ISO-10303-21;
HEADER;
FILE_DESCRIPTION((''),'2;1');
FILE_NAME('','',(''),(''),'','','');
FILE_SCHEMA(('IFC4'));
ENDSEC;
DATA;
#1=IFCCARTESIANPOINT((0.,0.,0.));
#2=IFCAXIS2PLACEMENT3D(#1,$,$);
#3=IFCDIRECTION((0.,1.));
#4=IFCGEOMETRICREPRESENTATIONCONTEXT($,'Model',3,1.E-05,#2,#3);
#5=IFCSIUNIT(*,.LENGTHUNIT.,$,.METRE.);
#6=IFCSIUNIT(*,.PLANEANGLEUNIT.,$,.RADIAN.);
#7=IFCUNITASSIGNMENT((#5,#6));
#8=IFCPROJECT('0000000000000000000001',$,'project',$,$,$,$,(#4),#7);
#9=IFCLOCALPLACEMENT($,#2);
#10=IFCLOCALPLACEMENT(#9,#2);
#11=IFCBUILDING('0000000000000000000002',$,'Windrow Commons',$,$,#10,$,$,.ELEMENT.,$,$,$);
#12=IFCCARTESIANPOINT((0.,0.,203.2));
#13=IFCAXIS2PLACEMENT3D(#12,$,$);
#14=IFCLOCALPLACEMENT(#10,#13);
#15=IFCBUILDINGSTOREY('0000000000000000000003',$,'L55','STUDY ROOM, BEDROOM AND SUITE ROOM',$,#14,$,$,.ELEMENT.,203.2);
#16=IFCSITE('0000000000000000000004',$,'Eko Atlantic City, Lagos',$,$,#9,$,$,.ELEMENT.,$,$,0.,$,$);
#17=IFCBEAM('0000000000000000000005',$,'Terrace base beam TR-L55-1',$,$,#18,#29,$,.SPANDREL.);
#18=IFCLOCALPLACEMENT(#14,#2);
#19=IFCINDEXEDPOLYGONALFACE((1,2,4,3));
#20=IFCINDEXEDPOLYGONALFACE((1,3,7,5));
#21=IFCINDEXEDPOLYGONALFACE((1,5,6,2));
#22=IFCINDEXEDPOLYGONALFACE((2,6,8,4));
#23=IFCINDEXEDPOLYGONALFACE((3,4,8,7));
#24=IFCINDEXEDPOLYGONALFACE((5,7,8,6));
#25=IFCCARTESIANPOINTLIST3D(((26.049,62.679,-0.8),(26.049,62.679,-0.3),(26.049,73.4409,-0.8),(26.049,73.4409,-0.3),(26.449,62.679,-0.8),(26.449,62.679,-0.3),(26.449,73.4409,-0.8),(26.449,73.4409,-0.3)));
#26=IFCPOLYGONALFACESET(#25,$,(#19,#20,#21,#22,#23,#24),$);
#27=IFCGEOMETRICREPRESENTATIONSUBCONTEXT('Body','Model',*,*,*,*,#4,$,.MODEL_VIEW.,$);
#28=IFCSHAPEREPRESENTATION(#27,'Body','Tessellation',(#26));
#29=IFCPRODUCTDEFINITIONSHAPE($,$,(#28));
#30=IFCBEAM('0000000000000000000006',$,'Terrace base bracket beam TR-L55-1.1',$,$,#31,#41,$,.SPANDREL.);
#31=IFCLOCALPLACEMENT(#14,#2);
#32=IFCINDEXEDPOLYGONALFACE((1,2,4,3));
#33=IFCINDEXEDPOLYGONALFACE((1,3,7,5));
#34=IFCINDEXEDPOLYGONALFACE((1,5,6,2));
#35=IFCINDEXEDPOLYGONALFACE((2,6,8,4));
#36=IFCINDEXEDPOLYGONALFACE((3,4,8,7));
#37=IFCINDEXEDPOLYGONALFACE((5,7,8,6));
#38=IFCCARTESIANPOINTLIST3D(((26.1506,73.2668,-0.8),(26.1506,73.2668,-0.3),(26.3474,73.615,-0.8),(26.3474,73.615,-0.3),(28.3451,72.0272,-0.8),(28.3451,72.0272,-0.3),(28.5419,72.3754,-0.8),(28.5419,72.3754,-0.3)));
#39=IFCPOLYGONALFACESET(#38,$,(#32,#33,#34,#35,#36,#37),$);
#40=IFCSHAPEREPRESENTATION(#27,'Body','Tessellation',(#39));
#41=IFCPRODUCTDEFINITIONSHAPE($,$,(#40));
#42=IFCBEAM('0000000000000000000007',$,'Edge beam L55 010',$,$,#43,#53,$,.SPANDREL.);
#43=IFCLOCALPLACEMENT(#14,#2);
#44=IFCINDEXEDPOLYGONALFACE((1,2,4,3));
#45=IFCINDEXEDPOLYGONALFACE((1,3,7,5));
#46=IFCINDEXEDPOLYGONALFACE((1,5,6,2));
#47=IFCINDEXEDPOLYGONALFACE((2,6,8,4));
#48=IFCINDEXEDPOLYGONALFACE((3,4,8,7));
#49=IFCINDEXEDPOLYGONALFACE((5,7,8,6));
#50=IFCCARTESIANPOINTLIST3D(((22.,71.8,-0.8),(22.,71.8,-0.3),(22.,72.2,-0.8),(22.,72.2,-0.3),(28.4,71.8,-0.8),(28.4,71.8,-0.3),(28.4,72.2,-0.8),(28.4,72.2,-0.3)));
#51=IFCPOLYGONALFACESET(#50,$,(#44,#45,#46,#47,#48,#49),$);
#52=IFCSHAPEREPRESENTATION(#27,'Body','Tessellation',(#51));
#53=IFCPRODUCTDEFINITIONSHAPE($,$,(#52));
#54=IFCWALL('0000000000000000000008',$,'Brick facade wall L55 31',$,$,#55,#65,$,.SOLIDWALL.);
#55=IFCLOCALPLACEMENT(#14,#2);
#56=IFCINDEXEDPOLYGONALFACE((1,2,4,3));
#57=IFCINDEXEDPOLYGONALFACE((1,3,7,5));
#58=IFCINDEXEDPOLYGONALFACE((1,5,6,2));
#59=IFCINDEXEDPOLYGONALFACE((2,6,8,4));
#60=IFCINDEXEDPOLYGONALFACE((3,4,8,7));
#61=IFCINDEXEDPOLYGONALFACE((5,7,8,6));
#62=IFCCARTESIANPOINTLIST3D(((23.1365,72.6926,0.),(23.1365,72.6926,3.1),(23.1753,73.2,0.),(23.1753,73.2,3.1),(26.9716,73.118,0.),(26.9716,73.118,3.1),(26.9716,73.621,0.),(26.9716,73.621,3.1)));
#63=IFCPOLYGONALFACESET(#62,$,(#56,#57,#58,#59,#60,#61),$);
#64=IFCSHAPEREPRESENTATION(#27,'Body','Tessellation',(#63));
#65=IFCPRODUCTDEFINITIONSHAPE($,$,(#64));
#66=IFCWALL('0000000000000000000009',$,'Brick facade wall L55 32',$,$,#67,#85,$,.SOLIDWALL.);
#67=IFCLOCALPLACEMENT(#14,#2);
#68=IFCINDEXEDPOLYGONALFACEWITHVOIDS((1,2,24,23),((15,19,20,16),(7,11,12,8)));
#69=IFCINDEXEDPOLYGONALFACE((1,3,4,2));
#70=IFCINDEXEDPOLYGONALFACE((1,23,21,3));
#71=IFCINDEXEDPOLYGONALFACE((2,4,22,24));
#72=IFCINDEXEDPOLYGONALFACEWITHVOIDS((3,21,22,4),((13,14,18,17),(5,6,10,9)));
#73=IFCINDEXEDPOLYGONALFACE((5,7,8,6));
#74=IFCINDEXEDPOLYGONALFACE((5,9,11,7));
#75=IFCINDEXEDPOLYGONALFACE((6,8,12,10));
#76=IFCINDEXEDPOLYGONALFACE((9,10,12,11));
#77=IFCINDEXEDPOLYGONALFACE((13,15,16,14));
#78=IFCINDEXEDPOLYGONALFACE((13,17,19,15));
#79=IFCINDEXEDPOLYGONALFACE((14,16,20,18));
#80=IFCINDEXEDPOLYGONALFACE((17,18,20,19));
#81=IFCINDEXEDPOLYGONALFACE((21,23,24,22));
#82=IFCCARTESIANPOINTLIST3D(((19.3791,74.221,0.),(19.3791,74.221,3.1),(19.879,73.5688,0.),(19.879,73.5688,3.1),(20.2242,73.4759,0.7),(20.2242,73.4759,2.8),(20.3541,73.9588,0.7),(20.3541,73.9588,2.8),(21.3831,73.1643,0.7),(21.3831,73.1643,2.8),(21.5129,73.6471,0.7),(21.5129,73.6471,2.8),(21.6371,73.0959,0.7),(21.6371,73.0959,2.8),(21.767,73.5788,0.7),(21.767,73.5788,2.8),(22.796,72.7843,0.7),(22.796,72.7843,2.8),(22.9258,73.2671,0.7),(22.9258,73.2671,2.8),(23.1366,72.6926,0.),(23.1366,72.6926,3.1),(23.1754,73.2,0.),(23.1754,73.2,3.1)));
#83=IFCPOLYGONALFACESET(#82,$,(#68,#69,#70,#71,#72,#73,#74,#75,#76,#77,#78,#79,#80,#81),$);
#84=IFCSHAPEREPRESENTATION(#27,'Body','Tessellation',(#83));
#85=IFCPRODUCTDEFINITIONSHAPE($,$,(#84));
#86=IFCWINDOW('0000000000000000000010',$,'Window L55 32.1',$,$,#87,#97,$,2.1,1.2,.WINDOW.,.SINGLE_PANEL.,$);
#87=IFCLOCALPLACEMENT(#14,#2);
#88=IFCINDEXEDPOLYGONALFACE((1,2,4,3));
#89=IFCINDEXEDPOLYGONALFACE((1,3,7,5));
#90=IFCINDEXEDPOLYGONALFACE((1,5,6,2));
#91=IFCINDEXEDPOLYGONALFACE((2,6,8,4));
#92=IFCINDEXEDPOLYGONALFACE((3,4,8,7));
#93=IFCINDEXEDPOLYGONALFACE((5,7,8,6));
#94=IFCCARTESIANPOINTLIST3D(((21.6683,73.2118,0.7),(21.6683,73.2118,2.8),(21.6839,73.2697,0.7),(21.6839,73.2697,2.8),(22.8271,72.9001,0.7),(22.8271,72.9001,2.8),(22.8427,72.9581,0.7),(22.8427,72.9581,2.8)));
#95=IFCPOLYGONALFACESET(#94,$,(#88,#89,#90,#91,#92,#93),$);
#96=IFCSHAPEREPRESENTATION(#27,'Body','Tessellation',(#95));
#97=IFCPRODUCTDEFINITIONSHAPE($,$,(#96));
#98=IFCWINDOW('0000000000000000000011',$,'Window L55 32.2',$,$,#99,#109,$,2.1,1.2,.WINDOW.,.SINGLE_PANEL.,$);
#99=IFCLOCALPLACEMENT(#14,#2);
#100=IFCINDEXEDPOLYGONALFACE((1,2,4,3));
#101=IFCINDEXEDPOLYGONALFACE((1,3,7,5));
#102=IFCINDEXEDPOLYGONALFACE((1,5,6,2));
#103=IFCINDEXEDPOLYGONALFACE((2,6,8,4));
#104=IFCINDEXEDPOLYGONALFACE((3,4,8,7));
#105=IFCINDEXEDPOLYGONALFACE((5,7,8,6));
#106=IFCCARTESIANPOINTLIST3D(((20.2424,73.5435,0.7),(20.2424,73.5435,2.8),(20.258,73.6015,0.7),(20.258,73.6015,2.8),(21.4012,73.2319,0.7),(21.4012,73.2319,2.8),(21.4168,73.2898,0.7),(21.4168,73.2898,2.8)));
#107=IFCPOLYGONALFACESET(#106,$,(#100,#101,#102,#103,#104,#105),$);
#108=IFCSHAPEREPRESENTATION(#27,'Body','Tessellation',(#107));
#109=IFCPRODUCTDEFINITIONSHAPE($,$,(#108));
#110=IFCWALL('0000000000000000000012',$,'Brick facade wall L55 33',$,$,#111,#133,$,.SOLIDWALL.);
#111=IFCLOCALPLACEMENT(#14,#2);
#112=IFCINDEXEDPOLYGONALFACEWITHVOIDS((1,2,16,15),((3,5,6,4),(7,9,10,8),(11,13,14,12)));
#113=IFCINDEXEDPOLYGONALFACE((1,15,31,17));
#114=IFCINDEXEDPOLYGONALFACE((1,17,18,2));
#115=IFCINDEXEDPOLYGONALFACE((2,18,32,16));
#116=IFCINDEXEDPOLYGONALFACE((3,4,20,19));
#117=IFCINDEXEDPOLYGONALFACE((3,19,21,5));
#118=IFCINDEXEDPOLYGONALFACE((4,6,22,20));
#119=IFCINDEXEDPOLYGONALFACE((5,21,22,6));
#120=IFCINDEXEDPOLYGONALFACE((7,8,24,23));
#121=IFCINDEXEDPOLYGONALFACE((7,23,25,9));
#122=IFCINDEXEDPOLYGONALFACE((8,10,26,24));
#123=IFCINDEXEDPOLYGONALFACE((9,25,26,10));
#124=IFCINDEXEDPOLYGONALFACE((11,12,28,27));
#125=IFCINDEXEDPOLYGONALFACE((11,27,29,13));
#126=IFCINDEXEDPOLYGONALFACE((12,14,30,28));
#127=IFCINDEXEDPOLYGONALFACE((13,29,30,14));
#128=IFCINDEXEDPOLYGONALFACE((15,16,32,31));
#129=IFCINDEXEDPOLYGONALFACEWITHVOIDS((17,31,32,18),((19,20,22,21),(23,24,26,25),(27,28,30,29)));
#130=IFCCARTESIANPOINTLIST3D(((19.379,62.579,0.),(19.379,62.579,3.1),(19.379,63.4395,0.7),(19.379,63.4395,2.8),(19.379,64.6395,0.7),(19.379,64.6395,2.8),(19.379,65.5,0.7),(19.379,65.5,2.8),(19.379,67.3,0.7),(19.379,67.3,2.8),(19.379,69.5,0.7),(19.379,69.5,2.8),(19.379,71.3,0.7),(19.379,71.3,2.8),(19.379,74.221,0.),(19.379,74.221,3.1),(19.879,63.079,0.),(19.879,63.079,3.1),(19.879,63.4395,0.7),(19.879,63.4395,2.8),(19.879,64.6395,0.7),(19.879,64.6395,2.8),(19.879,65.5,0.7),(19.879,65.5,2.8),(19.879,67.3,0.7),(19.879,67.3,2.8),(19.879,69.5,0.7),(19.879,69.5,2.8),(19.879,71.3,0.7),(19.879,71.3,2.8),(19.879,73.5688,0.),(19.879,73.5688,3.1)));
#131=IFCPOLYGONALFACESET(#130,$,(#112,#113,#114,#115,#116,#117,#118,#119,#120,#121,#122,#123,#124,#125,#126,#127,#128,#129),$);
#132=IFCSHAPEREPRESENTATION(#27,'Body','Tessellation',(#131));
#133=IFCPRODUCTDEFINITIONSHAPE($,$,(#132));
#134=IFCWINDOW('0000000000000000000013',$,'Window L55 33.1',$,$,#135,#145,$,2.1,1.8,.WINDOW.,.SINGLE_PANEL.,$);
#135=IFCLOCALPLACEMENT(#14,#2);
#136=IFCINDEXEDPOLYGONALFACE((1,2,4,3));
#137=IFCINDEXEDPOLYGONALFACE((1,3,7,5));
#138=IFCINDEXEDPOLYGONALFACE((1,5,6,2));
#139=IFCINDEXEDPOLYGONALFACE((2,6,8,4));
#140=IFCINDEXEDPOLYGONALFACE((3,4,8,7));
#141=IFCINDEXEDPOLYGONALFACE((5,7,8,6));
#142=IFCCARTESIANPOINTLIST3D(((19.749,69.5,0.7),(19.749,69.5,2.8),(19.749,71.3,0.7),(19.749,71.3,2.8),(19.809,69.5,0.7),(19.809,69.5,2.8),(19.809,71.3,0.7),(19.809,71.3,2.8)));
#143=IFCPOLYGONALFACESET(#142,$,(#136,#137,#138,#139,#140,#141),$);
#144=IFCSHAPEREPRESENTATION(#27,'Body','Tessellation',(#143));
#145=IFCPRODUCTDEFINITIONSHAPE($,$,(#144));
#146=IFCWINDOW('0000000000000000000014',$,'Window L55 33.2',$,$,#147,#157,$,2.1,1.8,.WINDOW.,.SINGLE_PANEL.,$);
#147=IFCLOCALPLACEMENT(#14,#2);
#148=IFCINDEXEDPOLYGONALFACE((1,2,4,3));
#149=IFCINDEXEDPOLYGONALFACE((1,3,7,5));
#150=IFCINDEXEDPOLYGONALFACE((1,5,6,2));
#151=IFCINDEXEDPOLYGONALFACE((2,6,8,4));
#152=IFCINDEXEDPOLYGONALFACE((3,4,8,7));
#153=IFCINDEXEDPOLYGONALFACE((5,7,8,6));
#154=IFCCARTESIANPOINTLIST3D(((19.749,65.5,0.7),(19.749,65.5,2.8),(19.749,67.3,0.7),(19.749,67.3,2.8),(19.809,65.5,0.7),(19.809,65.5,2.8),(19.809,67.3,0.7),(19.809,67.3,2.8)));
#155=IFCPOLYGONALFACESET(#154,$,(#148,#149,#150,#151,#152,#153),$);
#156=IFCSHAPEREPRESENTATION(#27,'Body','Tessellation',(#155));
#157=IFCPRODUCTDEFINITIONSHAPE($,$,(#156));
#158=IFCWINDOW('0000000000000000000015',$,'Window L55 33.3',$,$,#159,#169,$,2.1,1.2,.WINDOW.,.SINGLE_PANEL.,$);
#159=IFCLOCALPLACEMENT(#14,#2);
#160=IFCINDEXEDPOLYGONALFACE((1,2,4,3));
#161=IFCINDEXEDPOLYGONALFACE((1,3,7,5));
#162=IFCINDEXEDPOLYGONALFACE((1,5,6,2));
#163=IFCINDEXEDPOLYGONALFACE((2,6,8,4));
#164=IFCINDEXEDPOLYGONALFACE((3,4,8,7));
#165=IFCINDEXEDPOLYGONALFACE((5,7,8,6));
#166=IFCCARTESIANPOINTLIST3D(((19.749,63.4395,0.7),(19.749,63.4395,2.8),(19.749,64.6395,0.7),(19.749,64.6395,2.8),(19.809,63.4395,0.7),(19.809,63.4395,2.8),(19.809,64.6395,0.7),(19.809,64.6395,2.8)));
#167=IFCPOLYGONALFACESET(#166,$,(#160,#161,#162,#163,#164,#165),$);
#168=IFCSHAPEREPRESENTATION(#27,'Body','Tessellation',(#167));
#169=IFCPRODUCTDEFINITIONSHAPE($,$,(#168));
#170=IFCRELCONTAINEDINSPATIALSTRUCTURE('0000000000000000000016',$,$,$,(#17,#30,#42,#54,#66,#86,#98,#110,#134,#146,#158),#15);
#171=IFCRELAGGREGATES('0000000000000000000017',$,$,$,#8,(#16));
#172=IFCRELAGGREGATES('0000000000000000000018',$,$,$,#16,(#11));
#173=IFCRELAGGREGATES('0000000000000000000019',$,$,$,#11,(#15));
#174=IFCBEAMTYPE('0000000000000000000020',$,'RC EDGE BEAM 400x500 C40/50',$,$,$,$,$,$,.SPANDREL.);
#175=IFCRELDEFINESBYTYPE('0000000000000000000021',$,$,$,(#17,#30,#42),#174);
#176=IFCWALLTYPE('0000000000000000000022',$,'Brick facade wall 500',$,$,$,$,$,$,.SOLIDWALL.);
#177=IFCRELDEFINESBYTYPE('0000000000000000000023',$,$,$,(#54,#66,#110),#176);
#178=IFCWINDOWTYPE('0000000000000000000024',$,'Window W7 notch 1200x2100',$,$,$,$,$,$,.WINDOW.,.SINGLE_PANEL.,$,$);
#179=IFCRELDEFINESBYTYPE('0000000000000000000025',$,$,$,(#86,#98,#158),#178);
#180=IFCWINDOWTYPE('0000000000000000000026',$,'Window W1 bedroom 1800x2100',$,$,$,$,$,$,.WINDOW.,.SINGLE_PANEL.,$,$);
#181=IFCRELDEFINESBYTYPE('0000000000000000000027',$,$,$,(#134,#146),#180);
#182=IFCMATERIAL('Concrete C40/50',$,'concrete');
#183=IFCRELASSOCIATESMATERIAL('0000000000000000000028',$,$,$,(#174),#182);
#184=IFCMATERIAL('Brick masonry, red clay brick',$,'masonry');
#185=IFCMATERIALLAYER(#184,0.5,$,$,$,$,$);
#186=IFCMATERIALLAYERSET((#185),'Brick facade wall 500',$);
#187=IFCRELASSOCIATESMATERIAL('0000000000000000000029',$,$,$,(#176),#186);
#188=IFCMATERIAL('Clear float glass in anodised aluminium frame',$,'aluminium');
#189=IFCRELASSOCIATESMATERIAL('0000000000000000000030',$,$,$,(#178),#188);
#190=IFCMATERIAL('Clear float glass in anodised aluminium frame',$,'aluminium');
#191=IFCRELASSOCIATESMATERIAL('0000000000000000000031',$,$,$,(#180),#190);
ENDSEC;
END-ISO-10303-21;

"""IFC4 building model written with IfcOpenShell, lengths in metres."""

from ifc_helpers import new_model, si_unit, direction, frame, frame_2d, origin, origin_2d, place, context, subcontext, project, spatial, polyline, rectangle, outline, extrude, material, layer, layer_set, material_profile, profile_set, type_object, element, fill, save


model = new_model("IFC4")

# Units and contexts
model_context = context("Model", 3, precision=1e-05, world=origin(), true_north=direction((0.0, 1.0)))
body_context = subcontext(model_context, "Body", "Model", "MODEL_VIEW")
ifc_project = project(units=[si_unit("LENGTHUNIT", "METRE"), si_unit("PLANEANGLEUNIT", "RADIAN")], contexts=[model_context])

# Site, building, storey
site_placement = place(None, origin())
site = spatial("IfcSite", under=ifc_project, at=site_placement, Name="Eko Atlantic City, Lagos", CompositionType="ELEMENT", RefElevation=0.0)
building_placement = place(site_placement, origin())
building = spatial("IfcBuilding", under=site, at=building_placement, Name="Windrow Commons", CompositionType="ELEMENT")
storey_placement = place(building_placement, frame((0.0, 0.0, 203.2)))
storey = spatial("IfcBuildingStorey", under=building, at=storey_placement, Name="L55", Description="STUDY ROOM, BEDROOM AND SUITE ROOM", CompositionType="ELEMENT", Elevation=203.2)

# Beams
ifc_material_1 = material(Name="Concrete C40/50", Category="concrete")
ifc_material_profile = material_profile(ifc_material_1, rectangle(XDim=0.4, YDim=0.5, at=origin_2d()))
ifc_profile_set = profile_set([ifc_material_profile], Name="Concrete C40/50")
beam_type = type_object("IfcBeamType", Name="RC EDGE BEAM 400x500 C40/50", PredefinedType="SPANDREL", material=ifc_profile_set)
beam_1_placement = place(storey_placement, frame((26.249, 73.4409, -0.55), z_axis=(0.0, -1.0, 0.0), x_axis=(1.0, 0.0, 0.0)))
element("IfcBeam", 1, at=beam_1_placement, inside=storey, type_object=beam_type, Name="Terrace base beam TR-L55-1", PredefinedType="SPANDREL", context=body_context, shape_type="SweptSolid", body=[
    extrude(rectangle(XDim=0.4, YDim=0.5, at=origin_2d()), origin(), (0.0, 0.0, 1.0), 10.7619),
])
beam_2_placement = place(storey_placement, frame((28.4435, 72.2013, -0.55), z_axis=(-0.870694, 0.491826, 0.0), x_axis=(-0.491826, -0.870694, 0.0)))
element("IfcBeam", 2, at=beam_2_placement, inside=storey, type_object=beam_type, Name="Terrace base bracket beam TR-L55-1.1", PredefinedType="SPANDREL", context=body_context, shape_type="SweptSolid", body=[
    extrude(rectangle(XDim=0.4, YDim=0.5, at=origin_2d()), origin(), (0.0, 0.0, 1.0), 2.5204),
])
beam_3_placement = place(storey_placement, frame((22.0, 72.0, -0.55), z_axis=(1.0, 0.0, 0.0), x_axis=(0.0, 1.0, 0.0)))
element("IfcBeam", 3, at=beam_3_placement, inside=storey, type_object=beam_type, Name="Edge beam L55 010", PredefinedType="SPANDREL", context=body_context, shape_type="SweptSolid", body=[
    extrude(rectangle(XDim=0.4, YDim=0.5, at=origin_2d()), origin(), (0.0, 0.0, 1.0), 6.4),
])

# Wall
ifc_material_2 = material(Name="Brick masonry, red clay brick", Category="masonry")
ifc_layer_1 = layer(ifc_material_2, 0.5)
ifc_layer_set_1 = layer_set([ifc_layer_1], Name="Brick facade wall 500")
wall_type_1 = type_object("IfcWallType", Name="Brick facade wall 500", PredefinedType="SOLIDWALL", material=ifc_layer_set_1)
wall_1_placement = place(storey_placement, frame((26.9716, 73.3695, 0.0), z_axis=(0.0, 0.0, 1.0), x_axis=(-0.993905, -0.110237, 0.0)))
element("IfcWall", 4, at=wall_1_placement, inside=storey, type_object=wall_type_1, Name="Brick facade wall L55 31", PredefinedType="SOLIDWALL", context=body_context, shape_type="SweptSolid", body=[
    extrude(outline(polyline([(-0.0277, -0.25), (3.7919, -0.25), (3.8863, 0.25), (0.0277, 0.25), (-0.0277, -0.25)])), origin(), (0.0, 0.0, 1.0), 3.1),
])

# Walls, openings, windows
wall_2_placement = place(storey_placement, frame((23.156, 72.9463, 0.0), z_axis=(0.0, 0.0, 1.0), x_axis=(-0.965683, 0.259724, 0.0)))
wall_2 = element("IfcWall", 5, at=wall_2_placement, inside=storey, type_object=wall_type_1, Name="Brick facade wall L55 32", PredefinedType="SOLIDWALL", context=body_context, shape_type="SweptSolid", body=[
    extrude(outline(polyline([(0.0472, -0.25), (3.9784, -0.25), (3.3262, 0.25), (-0.0472, 0.25), (0.0472, -0.25)])), origin(), (0.0, 0.0, 1.0), 3.1),
])
opening_1_placement = place(wall_2_placement, frame((0.3056, 0.0, 0.7)))
opening_1 = element("IfcOpeningElement", 6, at=opening_1_placement, cuts=wall_2, PredefinedType="OPENING", context=body_context, shape_type="SweptSolid", body=[
    extrude(rectangle(XDim=1.2, YDim=2.1, at=frame_2d((0.6, 1.05))), frame((0.0, 0.26, 0.0), z_axis=(0.0, -1.0, 0.0), x_axis=(1.0, 0.0, 0.0)), (0.0, 0.0, 1.0), 0.52),
])
opening_2_placement = place(wall_2_placement, frame((1.7687, 0.0, 0.7)))
opening_2 = element("IfcOpeningElement", 7, at=opening_2_placement, cuts=wall_2, PredefinedType="OPENING", context=body_context, shape_type="SweptSolid", body=[
    extrude(rectangle(XDim=1.2, YDim=2.1, at=frame_2d((0.6, 1.05))), frame((0.0, 0.26, 0.0), z_axis=(0.0, -1.0, 0.0), x_axis=(1.0, 0.0, 0.0)), (0.0, 0.0, 1.0), 0.52),
])
ifc_material_3 = material(Name="Clear float glass in anodised aluminium frame", Category="aluminium")
window_type_1 = type_object("IfcWindowType", Name="Window W7 notch 1200x2100", PartitioningType="SINGLE_PANEL", PredefinedType="WINDOW", material=ifc_material_3)
window_1_placement = place(opening_1_placement, origin())
window_1 = element("IfcWindow", 8, at=window_1_placement, inside=storey, type_object=window_type_1, Name="Window L55 32.1", OverallHeight=2.1, OverallWidth=1.2, PartitioningType="SINGLE_PANEL", PredefinedType="WINDOW", context=body_context, shape_type="SweptSolid", body=[
    extrude(rectangle(XDim=1.2, YDim=2.1, at=frame_2d((0.6, 1.05))), frame((0.0, 0.13, 0.0), z_axis=(0.0, -1.0, 0.0), x_axis=(1.0, 0.0, 0.0)), (0.0, 0.0, 1.0), 0.06),
])
fill(opening_1, window_1)
window_2_placement = place(opening_2_placement, origin())
window_2 = element("IfcWindow", 9, at=window_2_placement, inside=storey, type_object=window_type_1, Name="Window L55 32.2", OverallHeight=2.1, OverallWidth=1.2, PartitioningType="SINGLE_PANEL", PredefinedType="WINDOW", context=body_context, shape_type="SweptSolid", body=[
    extrude(rectangle(XDim=1.2, YDim=2.1, at=frame_2d((0.6, 1.05))), frame((0.0, 0.18, 0.0), z_axis=(0.0, -1.0, 0.0), x_axis=(1.0, 0.0, 0.0)), (0.0, 0.0, 1.0), 0.06),
])
fill(opening_2, window_2)
wall_3_placement = place(storey_placement, frame((19.629, 73.8949, 0.0), z_axis=(0.0, 0.0, 1.0), x_axis=(0.0, -1.0, 0.0)))
wall_3 = element("IfcWall", 10, at=wall_3_placement, inside=storey, type_object=wall_type_1, Name="Brick facade wall L55 33", PredefinedType="SOLIDWALL", context=body_context, shape_type="SweptSolid", body=[
    extrude(outline(polyline([(-0.3261, -0.25), (11.3159, -0.25), (10.8159, 0.25), (0.3261, 0.25), (-0.3261, -0.25)])), origin(), (0.0, 0.0, 1.0), 3.1),
])
opening_3_placement = place(wall_3_placement, frame((2.5949, 0.0, 0.7)))
opening_3 = element("IfcOpeningElement", 11, at=opening_3_placement, cuts=wall_3, PredefinedType="OPENING", context=body_context, shape_type="SweptSolid", body=[
    extrude(rectangle(XDim=1.8, YDim=2.1, at=frame_2d((0.9, 1.05))), frame((0.0, 0.26, 0.0), z_axis=(0.0, -1.0, 0.0), x_axis=(1.0, 0.0, 0.0)), (0.0, 0.0, 1.0), 0.52),
])
opening_4_placement = place(wall_3_placement, frame((6.5949, 0.0, 0.7)))
opening_4 = element("IfcOpeningElement", 12, at=opening_4_placement, cuts=wall_3, PredefinedType="OPENING", context=body_context, shape_type="SweptSolid", body=[
    extrude(rectangle(XDim=1.8, YDim=2.1, at=frame_2d((0.9, 1.05))), frame((0.0, 0.26, 0.0), z_axis=(0.0, -1.0, 0.0), x_axis=(1.0, 0.0, 0.0)), (0.0, 0.0, 1.0), 0.52),
])
opening_5_placement = place(wall_3_placement, frame((9.2554, 0.0, 0.7)))
opening_5 = element("IfcOpeningElement", 13, at=opening_5_placement, cuts=wall_3, PredefinedType="OPENING", context=body_context, shape_type="SweptSolid", body=[
    extrude(rectangle(XDim=1.2, YDim=2.1, at=frame_2d((0.6, 1.05))), frame((0.0, 0.26, 0.0), z_axis=(0.0, -1.0, 0.0), x_axis=(1.0, 0.0, 0.0)), (0.0, 0.0, 1.0), 0.52),
])
ifc_material_4 = material(Name="Clear float glass in anodised aluminium frame", Category="aluminium")
window_type_2 = type_object("IfcWindowType", Name="Window W1 bedroom 1800x2100", PartitioningType="SINGLE_PANEL", PredefinedType="WINDOW", material=ifc_material_4)
window_3_placement = place(opening_3_placement, origin())
window_3 = element("IfcWindow", 14, at=window_3_placement, inside=storey, type_object=window_type_2, Name="Window L55 33.1", OverallHeight=2.1, OverallWidth=1.8, PartitioningType="SINGLE_PANEL", PredefinedType="WINDOW", context=body_context, shape_type="SweptSolid", body=[
    extrude(rectangle(XDim=1.8, YDim=2.1, at=frame_2d((0.9, 1.05))), frame((0.0, 0.18, 0.0), z_axis=(0.0, -1.0, 0.0), x_axis=(1.0, 0.0, 0.0)), (0.0, 0.0, 1.0), 0.06),
])
fill(opening_3, window_3)
window_4_placement = place(opening_4_placement, origin())
window_4 = element("IfcWindow", 15, at=window_4_placement, inside=storey, type_object=window_type_2, Name="Window L55 33.2", OverallHeight=2.1, OverallWidth=1.8, PartitioningType="SINGLE_PANEL", PredefinedType="WINDOW", context=body_context, shape_type="SweptSolid", body=[
    extrude(rectangle(XDim=1.8, YDim=2.1, at=frame_2d((0.9, 1.05))), frame((0.0, 0.18, 0.0), z_axis=(0.0, -1.0, 0.0), x_axis=(1.0, 0.0, 0.0)), (0.0, 0.0, 1.0), 0.06),
])
fill(opening_4, window_4)
window_5_placement = place(opening_5_placement, origin())
window_5 = element("IfcWindow", 16, at=window_5_placement, inside=storey, type_object=window_type_1, Name="Window L55 33.3", OverallHeight=2.1, OverallWidth=1.2, PartitioningType="SINGLE_PANEL", PredefinedType="WINDOW", context=body_context, shape_type="SweptSolid", body=[
    extrude(rectangle(XDim=1.2, YDim=2.1, at=frame_2d((0.6, 1.05))), frame((0.0, 0.18, 0.0), z_axis=(0.0, -1.0, 0.0), x_axis=(1.0, 0.0, 0.0)), (0.0, 0.0, 1.0), 0.06),
])
fill(opening_5, window_5)

save(model, "model.ifc")
